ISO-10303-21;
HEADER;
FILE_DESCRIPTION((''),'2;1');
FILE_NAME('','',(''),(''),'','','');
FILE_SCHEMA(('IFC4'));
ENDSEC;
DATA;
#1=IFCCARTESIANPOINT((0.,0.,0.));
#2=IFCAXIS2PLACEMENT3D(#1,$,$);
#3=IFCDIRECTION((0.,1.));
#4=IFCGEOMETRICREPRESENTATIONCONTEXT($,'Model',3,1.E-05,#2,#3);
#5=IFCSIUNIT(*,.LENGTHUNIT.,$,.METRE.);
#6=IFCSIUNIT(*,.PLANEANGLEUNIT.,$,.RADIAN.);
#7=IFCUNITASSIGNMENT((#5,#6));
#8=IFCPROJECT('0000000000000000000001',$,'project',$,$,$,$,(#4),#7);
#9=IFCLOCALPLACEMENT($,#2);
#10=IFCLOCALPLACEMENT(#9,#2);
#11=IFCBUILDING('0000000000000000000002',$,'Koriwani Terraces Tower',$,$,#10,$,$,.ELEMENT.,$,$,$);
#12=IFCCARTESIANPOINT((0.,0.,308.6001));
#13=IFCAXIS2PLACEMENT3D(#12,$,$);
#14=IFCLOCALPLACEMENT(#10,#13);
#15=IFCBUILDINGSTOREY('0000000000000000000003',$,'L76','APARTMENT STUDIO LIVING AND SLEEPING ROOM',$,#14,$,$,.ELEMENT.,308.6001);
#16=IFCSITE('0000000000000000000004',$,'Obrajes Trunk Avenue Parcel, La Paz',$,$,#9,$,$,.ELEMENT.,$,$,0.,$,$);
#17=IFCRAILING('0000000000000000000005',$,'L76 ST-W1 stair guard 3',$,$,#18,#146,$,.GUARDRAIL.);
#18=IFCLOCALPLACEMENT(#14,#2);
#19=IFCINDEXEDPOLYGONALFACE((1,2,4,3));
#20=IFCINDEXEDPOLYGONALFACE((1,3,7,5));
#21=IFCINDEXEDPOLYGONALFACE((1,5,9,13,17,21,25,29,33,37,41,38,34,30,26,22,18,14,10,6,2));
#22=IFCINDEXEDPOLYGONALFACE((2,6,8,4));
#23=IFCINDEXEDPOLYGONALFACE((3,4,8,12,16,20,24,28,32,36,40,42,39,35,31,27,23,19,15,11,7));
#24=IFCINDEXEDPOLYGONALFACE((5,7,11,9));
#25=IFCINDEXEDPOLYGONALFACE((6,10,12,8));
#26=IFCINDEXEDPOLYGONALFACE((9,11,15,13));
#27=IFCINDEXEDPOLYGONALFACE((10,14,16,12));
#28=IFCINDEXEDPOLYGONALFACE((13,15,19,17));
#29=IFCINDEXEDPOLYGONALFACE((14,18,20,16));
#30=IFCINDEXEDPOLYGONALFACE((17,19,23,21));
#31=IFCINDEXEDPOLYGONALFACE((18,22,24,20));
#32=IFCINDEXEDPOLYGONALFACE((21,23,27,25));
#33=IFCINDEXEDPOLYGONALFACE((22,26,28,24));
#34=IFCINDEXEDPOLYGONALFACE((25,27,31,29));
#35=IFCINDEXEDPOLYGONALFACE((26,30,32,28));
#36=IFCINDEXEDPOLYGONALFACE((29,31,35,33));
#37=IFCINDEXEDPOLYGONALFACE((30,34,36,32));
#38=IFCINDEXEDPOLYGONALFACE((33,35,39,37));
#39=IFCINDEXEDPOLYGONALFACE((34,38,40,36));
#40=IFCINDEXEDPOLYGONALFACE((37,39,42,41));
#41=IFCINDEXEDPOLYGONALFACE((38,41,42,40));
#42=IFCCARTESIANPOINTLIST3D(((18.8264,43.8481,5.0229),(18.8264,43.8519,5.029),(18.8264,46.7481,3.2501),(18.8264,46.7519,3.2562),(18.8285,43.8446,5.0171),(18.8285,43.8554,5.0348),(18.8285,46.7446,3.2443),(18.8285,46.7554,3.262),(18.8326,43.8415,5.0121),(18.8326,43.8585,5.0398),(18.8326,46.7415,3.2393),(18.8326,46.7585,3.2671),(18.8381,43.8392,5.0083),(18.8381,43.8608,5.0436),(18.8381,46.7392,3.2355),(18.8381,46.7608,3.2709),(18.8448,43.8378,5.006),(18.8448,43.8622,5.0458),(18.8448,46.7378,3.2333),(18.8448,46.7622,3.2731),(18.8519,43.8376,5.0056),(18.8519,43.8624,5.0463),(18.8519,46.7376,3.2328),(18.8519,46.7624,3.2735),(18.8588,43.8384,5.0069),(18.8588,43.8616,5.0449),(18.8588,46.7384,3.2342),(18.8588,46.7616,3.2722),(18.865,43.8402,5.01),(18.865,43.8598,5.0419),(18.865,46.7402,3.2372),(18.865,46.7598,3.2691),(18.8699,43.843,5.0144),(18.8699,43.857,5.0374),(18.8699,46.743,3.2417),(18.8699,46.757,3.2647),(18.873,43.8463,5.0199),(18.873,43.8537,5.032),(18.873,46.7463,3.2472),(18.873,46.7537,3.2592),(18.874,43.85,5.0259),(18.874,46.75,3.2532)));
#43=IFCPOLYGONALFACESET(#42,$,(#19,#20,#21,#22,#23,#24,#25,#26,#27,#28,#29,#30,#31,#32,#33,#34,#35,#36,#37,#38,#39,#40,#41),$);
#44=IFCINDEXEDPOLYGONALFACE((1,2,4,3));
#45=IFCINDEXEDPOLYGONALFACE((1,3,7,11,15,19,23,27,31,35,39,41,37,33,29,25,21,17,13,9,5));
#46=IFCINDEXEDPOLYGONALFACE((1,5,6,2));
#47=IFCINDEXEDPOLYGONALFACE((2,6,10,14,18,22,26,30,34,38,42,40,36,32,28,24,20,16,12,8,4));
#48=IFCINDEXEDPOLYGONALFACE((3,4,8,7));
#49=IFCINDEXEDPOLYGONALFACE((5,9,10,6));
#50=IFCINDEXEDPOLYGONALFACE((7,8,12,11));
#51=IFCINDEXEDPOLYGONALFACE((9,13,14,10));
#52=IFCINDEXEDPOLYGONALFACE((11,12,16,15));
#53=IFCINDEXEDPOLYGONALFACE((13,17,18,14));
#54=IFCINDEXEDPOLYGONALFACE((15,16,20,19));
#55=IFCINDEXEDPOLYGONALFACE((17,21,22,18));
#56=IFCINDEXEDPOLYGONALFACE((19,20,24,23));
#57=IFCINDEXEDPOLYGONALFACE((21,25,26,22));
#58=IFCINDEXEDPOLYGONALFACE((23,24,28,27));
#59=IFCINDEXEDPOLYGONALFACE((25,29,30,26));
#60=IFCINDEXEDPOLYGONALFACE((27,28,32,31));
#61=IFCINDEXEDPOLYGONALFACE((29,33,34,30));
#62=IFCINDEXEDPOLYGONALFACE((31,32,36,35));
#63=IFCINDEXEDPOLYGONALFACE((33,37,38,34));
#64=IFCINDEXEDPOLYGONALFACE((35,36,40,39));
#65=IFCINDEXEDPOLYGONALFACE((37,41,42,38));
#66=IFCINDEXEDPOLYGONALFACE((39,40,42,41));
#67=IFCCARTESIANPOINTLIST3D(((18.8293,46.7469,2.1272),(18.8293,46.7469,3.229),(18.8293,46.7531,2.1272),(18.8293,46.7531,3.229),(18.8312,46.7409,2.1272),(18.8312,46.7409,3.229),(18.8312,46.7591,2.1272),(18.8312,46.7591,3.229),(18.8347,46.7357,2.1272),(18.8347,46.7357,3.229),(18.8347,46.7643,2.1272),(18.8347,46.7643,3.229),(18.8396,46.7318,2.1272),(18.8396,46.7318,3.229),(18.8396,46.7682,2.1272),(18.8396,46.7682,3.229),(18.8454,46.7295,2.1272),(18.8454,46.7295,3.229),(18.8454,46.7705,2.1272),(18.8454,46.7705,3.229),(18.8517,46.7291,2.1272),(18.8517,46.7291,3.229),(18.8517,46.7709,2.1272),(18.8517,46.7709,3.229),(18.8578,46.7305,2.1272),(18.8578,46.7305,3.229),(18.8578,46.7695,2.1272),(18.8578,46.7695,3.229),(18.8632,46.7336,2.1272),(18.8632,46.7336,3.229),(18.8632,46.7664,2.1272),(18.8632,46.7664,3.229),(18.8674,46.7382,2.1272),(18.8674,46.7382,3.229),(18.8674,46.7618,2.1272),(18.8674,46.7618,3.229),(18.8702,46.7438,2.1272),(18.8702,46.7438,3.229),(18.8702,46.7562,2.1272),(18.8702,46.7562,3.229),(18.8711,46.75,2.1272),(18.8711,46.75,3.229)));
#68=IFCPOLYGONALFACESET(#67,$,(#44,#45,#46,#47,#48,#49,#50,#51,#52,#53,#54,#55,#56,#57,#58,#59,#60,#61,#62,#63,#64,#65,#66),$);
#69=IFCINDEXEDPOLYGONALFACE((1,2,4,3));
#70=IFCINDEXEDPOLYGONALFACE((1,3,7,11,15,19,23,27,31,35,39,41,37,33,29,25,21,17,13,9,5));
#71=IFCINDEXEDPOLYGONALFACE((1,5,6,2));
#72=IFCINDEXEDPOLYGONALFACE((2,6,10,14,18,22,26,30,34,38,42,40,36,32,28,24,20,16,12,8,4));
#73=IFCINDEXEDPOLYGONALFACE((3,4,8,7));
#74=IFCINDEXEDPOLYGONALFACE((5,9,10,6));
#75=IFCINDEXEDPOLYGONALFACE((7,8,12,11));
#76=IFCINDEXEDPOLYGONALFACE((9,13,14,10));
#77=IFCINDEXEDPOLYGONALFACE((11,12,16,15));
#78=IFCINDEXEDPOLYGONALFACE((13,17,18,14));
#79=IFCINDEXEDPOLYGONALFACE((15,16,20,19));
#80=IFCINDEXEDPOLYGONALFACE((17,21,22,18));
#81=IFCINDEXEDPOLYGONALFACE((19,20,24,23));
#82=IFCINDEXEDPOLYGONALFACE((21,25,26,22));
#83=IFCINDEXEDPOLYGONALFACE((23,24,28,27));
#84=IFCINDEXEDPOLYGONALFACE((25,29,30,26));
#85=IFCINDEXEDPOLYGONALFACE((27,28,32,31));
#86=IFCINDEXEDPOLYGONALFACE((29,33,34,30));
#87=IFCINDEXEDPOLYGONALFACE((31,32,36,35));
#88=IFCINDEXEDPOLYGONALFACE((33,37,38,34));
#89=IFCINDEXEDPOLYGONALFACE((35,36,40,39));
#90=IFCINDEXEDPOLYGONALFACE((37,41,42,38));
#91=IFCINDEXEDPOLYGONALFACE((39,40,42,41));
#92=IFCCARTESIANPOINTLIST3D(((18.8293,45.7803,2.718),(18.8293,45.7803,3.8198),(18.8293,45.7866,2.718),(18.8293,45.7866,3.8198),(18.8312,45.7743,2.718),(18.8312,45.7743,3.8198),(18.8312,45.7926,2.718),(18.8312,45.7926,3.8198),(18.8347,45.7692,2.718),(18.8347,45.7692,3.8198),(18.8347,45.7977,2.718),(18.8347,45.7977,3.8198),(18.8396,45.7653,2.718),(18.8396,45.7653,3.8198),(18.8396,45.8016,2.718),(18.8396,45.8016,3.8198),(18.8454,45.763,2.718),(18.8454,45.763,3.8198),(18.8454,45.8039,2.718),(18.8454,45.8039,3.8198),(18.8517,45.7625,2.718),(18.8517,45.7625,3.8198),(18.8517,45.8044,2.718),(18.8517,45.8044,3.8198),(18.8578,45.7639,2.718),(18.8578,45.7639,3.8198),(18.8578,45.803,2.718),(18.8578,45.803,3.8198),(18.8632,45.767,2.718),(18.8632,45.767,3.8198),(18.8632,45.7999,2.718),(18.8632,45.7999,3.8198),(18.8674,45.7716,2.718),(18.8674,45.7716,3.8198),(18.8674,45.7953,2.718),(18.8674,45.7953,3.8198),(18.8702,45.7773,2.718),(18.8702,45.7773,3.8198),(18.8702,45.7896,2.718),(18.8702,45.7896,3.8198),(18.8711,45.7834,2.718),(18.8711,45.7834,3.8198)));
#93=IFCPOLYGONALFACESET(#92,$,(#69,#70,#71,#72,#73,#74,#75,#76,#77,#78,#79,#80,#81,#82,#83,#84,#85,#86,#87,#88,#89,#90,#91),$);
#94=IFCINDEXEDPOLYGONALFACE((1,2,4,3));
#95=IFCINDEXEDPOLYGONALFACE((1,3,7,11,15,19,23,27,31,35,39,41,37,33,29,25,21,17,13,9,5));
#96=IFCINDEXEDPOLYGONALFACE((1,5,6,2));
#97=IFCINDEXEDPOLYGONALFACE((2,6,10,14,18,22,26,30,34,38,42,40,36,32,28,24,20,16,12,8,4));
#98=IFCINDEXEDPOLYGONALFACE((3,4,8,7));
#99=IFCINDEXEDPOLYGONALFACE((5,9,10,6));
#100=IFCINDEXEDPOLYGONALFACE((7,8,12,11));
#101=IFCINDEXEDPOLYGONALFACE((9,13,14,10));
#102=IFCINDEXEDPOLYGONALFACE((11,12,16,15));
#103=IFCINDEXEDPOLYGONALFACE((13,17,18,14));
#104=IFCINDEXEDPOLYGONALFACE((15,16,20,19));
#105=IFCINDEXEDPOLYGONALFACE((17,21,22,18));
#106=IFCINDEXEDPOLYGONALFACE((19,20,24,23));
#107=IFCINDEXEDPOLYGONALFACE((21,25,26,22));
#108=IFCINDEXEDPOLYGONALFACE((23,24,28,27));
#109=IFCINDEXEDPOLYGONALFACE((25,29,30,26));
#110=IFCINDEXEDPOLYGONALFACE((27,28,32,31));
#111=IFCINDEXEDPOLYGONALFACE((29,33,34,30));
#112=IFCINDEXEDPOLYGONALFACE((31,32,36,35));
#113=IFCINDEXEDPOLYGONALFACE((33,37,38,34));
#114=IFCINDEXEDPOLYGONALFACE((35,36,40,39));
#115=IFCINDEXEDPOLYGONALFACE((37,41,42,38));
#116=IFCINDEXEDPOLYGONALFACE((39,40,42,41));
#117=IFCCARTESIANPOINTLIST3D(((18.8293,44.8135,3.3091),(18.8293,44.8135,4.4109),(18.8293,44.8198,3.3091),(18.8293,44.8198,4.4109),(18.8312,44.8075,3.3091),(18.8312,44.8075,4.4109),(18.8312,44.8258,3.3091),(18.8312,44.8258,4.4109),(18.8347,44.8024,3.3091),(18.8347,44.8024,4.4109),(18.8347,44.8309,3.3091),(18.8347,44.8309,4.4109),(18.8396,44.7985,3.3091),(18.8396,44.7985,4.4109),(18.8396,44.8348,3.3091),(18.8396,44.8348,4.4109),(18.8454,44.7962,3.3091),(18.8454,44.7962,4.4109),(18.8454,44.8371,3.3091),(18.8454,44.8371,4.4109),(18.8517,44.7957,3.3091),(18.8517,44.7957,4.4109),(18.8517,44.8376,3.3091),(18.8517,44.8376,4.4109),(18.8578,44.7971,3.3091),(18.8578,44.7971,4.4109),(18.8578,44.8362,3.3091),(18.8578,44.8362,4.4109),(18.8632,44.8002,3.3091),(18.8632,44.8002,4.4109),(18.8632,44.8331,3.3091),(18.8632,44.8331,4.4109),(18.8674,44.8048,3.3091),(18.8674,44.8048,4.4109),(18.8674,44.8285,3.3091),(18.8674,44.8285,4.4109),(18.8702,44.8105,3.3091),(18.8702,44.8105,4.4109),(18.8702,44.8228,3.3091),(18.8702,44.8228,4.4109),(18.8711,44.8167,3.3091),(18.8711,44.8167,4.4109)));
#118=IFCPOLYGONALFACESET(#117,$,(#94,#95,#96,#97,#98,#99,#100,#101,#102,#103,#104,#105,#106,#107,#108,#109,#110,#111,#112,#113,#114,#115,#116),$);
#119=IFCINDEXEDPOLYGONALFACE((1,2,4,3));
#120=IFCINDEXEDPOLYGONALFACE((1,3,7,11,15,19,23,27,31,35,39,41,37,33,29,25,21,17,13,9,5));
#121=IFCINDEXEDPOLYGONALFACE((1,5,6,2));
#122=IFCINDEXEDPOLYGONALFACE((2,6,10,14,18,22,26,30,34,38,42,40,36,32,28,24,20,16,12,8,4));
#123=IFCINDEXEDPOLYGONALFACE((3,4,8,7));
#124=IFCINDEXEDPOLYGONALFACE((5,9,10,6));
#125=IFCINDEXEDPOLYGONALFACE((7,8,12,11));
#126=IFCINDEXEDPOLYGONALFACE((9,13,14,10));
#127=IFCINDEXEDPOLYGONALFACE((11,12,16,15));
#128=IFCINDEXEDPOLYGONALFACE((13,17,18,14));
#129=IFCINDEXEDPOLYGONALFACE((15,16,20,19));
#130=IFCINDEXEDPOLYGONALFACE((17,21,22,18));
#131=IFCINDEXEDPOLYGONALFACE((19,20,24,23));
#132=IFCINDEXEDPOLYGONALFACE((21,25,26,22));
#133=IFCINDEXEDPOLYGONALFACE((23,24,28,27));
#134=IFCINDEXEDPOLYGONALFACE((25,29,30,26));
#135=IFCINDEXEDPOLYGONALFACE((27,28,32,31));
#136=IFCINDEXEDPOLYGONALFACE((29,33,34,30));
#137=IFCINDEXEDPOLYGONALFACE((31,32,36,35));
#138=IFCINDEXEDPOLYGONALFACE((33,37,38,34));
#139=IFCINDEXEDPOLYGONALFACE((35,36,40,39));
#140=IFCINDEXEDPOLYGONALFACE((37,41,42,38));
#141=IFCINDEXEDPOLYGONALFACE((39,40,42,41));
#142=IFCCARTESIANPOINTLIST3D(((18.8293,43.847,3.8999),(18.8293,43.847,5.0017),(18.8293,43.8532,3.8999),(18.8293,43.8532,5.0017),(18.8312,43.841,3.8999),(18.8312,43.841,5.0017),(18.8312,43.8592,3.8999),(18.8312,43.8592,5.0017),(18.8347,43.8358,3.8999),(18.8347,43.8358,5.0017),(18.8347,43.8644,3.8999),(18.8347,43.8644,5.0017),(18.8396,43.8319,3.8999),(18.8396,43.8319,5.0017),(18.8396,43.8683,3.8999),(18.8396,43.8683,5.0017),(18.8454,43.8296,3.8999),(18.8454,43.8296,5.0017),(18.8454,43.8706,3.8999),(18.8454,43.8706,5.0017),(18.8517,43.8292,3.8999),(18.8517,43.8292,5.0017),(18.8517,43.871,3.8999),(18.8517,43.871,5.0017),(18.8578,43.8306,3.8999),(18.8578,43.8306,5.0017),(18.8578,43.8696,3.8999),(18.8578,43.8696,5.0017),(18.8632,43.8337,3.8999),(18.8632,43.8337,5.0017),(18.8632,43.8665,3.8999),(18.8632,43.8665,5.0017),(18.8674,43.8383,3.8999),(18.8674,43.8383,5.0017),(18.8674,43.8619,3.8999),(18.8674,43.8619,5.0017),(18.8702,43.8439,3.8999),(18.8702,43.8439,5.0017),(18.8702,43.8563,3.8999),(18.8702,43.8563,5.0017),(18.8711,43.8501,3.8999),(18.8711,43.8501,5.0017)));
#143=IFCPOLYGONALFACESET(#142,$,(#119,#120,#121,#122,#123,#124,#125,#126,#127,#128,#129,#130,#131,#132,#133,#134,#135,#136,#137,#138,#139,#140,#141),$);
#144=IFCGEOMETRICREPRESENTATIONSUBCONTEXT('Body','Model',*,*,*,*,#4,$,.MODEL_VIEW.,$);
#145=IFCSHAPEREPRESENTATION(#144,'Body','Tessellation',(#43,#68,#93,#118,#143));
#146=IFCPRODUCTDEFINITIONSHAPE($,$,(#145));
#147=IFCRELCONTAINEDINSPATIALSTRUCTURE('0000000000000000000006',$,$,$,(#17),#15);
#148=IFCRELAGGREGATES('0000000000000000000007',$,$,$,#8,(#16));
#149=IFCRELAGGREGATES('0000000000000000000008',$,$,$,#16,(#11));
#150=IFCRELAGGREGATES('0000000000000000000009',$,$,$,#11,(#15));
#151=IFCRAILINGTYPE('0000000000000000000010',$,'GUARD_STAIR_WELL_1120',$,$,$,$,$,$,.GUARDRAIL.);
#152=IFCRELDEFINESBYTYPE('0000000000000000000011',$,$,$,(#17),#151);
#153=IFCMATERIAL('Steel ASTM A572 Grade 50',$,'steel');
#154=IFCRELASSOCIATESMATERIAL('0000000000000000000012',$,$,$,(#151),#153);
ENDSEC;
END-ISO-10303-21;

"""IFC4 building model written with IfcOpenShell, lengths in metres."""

from ifc_helpers import new_model, si_unit, direction, frame, origin, origin_2d, place, context, subcontext, project, spatial, circle, extrude, material, type_object, element, save


model = new_model("IFC4")

# Units and contexts
model_context = context("Model", 3, precision=1e-05, world=origin(), true_north=direction((0.0, 1.0)))
body_context = subcontext(model_context, "Body", "Model", "MODEL_VIEW")
ifc_project = project(units=[si_unit("LENGTHUNIT", "METRE"), si_unit("PLANEANGLEUNIT", "RADIAN")], contexts=[model_context])

# Site, building, storey
site_placement = place(None, origin())
site = spatial("IfcSite", under=ifc_project, at=site_placement, Name="Obrajes Trunk Avenue Parcel, La Paz", CompositionType="ELEMENT", RefElevation=0.0)
building_placement = place(site_placement, origin())
building = spatial("IfcBuilding", under=site, at=building_placement, Name="Koriwani Terraces Tower", CompositionType="ELEMENT")
storey_placement = place(building_placement, frame((0.0, 0.0, 308.6001)))
storey = spatial("IfcBuildingStorey", under=building, at=storey_placement, Name="L76", Description="APARTMENT STUDIO LIVING AND SLEEPING ROOM", CompositionType="ELEMENT", Elevation=308.6001)

# Shared definitions
ifc_material_1 = material(Name="Steel ASTM A572 Grade 50", Category="steel")

# Railing
railing_type_1 = type_object("IfcRailingType", Name="GUARD_STAIR_WELL_1120", PredefinedType="GUARDRAIL", material=ifc_material_1)
railing_1_placement = place(storey_placement, frame((18.8501, 46.75, 2.1272)))
element("IfcRailing", 1, at=railing_1_placement, inside=storey, type_object=railing_type_1, Name="L76 ST-W1 stair guard 3", PredefinedType="GUARDRAIL", context=body_context, shape_type="SweptSolid", body=[
    extrude(circle(Radius=0.0239, at=origin_2d()), frame((0.0, 0.0, 1.126), z_axis=(0.0, -0.853211, 0.521566), x_axis=(1.0, 0.0, 0.0)), (0.0, 0.0, 1.0), 3.3989),
    extrude(circle(Radius=0.021, at=origin_2d()), origin(), (0.0, 0.0, 1.0), 1.1018),
    extrude(circle(Radius=0.021, at=origin_2d()), frame((0.0, -0.9666, 0.5908)), (0.0, 0.0, 1.0), 1.1018),
    extrude(circle(Radius=0.021, at=origin_2d()), frame((0.0, -1.9333, 1.1819)), (0.0, 0.0, 1.0), 1.1018),
    extrude(circle(Radius=0.021, at=origin_2d()), frame((0.0, -2.8999, 1.7727)), (0.0, 0.0, 1.0), 1.1018),
])

save(model, "model.ifc")
